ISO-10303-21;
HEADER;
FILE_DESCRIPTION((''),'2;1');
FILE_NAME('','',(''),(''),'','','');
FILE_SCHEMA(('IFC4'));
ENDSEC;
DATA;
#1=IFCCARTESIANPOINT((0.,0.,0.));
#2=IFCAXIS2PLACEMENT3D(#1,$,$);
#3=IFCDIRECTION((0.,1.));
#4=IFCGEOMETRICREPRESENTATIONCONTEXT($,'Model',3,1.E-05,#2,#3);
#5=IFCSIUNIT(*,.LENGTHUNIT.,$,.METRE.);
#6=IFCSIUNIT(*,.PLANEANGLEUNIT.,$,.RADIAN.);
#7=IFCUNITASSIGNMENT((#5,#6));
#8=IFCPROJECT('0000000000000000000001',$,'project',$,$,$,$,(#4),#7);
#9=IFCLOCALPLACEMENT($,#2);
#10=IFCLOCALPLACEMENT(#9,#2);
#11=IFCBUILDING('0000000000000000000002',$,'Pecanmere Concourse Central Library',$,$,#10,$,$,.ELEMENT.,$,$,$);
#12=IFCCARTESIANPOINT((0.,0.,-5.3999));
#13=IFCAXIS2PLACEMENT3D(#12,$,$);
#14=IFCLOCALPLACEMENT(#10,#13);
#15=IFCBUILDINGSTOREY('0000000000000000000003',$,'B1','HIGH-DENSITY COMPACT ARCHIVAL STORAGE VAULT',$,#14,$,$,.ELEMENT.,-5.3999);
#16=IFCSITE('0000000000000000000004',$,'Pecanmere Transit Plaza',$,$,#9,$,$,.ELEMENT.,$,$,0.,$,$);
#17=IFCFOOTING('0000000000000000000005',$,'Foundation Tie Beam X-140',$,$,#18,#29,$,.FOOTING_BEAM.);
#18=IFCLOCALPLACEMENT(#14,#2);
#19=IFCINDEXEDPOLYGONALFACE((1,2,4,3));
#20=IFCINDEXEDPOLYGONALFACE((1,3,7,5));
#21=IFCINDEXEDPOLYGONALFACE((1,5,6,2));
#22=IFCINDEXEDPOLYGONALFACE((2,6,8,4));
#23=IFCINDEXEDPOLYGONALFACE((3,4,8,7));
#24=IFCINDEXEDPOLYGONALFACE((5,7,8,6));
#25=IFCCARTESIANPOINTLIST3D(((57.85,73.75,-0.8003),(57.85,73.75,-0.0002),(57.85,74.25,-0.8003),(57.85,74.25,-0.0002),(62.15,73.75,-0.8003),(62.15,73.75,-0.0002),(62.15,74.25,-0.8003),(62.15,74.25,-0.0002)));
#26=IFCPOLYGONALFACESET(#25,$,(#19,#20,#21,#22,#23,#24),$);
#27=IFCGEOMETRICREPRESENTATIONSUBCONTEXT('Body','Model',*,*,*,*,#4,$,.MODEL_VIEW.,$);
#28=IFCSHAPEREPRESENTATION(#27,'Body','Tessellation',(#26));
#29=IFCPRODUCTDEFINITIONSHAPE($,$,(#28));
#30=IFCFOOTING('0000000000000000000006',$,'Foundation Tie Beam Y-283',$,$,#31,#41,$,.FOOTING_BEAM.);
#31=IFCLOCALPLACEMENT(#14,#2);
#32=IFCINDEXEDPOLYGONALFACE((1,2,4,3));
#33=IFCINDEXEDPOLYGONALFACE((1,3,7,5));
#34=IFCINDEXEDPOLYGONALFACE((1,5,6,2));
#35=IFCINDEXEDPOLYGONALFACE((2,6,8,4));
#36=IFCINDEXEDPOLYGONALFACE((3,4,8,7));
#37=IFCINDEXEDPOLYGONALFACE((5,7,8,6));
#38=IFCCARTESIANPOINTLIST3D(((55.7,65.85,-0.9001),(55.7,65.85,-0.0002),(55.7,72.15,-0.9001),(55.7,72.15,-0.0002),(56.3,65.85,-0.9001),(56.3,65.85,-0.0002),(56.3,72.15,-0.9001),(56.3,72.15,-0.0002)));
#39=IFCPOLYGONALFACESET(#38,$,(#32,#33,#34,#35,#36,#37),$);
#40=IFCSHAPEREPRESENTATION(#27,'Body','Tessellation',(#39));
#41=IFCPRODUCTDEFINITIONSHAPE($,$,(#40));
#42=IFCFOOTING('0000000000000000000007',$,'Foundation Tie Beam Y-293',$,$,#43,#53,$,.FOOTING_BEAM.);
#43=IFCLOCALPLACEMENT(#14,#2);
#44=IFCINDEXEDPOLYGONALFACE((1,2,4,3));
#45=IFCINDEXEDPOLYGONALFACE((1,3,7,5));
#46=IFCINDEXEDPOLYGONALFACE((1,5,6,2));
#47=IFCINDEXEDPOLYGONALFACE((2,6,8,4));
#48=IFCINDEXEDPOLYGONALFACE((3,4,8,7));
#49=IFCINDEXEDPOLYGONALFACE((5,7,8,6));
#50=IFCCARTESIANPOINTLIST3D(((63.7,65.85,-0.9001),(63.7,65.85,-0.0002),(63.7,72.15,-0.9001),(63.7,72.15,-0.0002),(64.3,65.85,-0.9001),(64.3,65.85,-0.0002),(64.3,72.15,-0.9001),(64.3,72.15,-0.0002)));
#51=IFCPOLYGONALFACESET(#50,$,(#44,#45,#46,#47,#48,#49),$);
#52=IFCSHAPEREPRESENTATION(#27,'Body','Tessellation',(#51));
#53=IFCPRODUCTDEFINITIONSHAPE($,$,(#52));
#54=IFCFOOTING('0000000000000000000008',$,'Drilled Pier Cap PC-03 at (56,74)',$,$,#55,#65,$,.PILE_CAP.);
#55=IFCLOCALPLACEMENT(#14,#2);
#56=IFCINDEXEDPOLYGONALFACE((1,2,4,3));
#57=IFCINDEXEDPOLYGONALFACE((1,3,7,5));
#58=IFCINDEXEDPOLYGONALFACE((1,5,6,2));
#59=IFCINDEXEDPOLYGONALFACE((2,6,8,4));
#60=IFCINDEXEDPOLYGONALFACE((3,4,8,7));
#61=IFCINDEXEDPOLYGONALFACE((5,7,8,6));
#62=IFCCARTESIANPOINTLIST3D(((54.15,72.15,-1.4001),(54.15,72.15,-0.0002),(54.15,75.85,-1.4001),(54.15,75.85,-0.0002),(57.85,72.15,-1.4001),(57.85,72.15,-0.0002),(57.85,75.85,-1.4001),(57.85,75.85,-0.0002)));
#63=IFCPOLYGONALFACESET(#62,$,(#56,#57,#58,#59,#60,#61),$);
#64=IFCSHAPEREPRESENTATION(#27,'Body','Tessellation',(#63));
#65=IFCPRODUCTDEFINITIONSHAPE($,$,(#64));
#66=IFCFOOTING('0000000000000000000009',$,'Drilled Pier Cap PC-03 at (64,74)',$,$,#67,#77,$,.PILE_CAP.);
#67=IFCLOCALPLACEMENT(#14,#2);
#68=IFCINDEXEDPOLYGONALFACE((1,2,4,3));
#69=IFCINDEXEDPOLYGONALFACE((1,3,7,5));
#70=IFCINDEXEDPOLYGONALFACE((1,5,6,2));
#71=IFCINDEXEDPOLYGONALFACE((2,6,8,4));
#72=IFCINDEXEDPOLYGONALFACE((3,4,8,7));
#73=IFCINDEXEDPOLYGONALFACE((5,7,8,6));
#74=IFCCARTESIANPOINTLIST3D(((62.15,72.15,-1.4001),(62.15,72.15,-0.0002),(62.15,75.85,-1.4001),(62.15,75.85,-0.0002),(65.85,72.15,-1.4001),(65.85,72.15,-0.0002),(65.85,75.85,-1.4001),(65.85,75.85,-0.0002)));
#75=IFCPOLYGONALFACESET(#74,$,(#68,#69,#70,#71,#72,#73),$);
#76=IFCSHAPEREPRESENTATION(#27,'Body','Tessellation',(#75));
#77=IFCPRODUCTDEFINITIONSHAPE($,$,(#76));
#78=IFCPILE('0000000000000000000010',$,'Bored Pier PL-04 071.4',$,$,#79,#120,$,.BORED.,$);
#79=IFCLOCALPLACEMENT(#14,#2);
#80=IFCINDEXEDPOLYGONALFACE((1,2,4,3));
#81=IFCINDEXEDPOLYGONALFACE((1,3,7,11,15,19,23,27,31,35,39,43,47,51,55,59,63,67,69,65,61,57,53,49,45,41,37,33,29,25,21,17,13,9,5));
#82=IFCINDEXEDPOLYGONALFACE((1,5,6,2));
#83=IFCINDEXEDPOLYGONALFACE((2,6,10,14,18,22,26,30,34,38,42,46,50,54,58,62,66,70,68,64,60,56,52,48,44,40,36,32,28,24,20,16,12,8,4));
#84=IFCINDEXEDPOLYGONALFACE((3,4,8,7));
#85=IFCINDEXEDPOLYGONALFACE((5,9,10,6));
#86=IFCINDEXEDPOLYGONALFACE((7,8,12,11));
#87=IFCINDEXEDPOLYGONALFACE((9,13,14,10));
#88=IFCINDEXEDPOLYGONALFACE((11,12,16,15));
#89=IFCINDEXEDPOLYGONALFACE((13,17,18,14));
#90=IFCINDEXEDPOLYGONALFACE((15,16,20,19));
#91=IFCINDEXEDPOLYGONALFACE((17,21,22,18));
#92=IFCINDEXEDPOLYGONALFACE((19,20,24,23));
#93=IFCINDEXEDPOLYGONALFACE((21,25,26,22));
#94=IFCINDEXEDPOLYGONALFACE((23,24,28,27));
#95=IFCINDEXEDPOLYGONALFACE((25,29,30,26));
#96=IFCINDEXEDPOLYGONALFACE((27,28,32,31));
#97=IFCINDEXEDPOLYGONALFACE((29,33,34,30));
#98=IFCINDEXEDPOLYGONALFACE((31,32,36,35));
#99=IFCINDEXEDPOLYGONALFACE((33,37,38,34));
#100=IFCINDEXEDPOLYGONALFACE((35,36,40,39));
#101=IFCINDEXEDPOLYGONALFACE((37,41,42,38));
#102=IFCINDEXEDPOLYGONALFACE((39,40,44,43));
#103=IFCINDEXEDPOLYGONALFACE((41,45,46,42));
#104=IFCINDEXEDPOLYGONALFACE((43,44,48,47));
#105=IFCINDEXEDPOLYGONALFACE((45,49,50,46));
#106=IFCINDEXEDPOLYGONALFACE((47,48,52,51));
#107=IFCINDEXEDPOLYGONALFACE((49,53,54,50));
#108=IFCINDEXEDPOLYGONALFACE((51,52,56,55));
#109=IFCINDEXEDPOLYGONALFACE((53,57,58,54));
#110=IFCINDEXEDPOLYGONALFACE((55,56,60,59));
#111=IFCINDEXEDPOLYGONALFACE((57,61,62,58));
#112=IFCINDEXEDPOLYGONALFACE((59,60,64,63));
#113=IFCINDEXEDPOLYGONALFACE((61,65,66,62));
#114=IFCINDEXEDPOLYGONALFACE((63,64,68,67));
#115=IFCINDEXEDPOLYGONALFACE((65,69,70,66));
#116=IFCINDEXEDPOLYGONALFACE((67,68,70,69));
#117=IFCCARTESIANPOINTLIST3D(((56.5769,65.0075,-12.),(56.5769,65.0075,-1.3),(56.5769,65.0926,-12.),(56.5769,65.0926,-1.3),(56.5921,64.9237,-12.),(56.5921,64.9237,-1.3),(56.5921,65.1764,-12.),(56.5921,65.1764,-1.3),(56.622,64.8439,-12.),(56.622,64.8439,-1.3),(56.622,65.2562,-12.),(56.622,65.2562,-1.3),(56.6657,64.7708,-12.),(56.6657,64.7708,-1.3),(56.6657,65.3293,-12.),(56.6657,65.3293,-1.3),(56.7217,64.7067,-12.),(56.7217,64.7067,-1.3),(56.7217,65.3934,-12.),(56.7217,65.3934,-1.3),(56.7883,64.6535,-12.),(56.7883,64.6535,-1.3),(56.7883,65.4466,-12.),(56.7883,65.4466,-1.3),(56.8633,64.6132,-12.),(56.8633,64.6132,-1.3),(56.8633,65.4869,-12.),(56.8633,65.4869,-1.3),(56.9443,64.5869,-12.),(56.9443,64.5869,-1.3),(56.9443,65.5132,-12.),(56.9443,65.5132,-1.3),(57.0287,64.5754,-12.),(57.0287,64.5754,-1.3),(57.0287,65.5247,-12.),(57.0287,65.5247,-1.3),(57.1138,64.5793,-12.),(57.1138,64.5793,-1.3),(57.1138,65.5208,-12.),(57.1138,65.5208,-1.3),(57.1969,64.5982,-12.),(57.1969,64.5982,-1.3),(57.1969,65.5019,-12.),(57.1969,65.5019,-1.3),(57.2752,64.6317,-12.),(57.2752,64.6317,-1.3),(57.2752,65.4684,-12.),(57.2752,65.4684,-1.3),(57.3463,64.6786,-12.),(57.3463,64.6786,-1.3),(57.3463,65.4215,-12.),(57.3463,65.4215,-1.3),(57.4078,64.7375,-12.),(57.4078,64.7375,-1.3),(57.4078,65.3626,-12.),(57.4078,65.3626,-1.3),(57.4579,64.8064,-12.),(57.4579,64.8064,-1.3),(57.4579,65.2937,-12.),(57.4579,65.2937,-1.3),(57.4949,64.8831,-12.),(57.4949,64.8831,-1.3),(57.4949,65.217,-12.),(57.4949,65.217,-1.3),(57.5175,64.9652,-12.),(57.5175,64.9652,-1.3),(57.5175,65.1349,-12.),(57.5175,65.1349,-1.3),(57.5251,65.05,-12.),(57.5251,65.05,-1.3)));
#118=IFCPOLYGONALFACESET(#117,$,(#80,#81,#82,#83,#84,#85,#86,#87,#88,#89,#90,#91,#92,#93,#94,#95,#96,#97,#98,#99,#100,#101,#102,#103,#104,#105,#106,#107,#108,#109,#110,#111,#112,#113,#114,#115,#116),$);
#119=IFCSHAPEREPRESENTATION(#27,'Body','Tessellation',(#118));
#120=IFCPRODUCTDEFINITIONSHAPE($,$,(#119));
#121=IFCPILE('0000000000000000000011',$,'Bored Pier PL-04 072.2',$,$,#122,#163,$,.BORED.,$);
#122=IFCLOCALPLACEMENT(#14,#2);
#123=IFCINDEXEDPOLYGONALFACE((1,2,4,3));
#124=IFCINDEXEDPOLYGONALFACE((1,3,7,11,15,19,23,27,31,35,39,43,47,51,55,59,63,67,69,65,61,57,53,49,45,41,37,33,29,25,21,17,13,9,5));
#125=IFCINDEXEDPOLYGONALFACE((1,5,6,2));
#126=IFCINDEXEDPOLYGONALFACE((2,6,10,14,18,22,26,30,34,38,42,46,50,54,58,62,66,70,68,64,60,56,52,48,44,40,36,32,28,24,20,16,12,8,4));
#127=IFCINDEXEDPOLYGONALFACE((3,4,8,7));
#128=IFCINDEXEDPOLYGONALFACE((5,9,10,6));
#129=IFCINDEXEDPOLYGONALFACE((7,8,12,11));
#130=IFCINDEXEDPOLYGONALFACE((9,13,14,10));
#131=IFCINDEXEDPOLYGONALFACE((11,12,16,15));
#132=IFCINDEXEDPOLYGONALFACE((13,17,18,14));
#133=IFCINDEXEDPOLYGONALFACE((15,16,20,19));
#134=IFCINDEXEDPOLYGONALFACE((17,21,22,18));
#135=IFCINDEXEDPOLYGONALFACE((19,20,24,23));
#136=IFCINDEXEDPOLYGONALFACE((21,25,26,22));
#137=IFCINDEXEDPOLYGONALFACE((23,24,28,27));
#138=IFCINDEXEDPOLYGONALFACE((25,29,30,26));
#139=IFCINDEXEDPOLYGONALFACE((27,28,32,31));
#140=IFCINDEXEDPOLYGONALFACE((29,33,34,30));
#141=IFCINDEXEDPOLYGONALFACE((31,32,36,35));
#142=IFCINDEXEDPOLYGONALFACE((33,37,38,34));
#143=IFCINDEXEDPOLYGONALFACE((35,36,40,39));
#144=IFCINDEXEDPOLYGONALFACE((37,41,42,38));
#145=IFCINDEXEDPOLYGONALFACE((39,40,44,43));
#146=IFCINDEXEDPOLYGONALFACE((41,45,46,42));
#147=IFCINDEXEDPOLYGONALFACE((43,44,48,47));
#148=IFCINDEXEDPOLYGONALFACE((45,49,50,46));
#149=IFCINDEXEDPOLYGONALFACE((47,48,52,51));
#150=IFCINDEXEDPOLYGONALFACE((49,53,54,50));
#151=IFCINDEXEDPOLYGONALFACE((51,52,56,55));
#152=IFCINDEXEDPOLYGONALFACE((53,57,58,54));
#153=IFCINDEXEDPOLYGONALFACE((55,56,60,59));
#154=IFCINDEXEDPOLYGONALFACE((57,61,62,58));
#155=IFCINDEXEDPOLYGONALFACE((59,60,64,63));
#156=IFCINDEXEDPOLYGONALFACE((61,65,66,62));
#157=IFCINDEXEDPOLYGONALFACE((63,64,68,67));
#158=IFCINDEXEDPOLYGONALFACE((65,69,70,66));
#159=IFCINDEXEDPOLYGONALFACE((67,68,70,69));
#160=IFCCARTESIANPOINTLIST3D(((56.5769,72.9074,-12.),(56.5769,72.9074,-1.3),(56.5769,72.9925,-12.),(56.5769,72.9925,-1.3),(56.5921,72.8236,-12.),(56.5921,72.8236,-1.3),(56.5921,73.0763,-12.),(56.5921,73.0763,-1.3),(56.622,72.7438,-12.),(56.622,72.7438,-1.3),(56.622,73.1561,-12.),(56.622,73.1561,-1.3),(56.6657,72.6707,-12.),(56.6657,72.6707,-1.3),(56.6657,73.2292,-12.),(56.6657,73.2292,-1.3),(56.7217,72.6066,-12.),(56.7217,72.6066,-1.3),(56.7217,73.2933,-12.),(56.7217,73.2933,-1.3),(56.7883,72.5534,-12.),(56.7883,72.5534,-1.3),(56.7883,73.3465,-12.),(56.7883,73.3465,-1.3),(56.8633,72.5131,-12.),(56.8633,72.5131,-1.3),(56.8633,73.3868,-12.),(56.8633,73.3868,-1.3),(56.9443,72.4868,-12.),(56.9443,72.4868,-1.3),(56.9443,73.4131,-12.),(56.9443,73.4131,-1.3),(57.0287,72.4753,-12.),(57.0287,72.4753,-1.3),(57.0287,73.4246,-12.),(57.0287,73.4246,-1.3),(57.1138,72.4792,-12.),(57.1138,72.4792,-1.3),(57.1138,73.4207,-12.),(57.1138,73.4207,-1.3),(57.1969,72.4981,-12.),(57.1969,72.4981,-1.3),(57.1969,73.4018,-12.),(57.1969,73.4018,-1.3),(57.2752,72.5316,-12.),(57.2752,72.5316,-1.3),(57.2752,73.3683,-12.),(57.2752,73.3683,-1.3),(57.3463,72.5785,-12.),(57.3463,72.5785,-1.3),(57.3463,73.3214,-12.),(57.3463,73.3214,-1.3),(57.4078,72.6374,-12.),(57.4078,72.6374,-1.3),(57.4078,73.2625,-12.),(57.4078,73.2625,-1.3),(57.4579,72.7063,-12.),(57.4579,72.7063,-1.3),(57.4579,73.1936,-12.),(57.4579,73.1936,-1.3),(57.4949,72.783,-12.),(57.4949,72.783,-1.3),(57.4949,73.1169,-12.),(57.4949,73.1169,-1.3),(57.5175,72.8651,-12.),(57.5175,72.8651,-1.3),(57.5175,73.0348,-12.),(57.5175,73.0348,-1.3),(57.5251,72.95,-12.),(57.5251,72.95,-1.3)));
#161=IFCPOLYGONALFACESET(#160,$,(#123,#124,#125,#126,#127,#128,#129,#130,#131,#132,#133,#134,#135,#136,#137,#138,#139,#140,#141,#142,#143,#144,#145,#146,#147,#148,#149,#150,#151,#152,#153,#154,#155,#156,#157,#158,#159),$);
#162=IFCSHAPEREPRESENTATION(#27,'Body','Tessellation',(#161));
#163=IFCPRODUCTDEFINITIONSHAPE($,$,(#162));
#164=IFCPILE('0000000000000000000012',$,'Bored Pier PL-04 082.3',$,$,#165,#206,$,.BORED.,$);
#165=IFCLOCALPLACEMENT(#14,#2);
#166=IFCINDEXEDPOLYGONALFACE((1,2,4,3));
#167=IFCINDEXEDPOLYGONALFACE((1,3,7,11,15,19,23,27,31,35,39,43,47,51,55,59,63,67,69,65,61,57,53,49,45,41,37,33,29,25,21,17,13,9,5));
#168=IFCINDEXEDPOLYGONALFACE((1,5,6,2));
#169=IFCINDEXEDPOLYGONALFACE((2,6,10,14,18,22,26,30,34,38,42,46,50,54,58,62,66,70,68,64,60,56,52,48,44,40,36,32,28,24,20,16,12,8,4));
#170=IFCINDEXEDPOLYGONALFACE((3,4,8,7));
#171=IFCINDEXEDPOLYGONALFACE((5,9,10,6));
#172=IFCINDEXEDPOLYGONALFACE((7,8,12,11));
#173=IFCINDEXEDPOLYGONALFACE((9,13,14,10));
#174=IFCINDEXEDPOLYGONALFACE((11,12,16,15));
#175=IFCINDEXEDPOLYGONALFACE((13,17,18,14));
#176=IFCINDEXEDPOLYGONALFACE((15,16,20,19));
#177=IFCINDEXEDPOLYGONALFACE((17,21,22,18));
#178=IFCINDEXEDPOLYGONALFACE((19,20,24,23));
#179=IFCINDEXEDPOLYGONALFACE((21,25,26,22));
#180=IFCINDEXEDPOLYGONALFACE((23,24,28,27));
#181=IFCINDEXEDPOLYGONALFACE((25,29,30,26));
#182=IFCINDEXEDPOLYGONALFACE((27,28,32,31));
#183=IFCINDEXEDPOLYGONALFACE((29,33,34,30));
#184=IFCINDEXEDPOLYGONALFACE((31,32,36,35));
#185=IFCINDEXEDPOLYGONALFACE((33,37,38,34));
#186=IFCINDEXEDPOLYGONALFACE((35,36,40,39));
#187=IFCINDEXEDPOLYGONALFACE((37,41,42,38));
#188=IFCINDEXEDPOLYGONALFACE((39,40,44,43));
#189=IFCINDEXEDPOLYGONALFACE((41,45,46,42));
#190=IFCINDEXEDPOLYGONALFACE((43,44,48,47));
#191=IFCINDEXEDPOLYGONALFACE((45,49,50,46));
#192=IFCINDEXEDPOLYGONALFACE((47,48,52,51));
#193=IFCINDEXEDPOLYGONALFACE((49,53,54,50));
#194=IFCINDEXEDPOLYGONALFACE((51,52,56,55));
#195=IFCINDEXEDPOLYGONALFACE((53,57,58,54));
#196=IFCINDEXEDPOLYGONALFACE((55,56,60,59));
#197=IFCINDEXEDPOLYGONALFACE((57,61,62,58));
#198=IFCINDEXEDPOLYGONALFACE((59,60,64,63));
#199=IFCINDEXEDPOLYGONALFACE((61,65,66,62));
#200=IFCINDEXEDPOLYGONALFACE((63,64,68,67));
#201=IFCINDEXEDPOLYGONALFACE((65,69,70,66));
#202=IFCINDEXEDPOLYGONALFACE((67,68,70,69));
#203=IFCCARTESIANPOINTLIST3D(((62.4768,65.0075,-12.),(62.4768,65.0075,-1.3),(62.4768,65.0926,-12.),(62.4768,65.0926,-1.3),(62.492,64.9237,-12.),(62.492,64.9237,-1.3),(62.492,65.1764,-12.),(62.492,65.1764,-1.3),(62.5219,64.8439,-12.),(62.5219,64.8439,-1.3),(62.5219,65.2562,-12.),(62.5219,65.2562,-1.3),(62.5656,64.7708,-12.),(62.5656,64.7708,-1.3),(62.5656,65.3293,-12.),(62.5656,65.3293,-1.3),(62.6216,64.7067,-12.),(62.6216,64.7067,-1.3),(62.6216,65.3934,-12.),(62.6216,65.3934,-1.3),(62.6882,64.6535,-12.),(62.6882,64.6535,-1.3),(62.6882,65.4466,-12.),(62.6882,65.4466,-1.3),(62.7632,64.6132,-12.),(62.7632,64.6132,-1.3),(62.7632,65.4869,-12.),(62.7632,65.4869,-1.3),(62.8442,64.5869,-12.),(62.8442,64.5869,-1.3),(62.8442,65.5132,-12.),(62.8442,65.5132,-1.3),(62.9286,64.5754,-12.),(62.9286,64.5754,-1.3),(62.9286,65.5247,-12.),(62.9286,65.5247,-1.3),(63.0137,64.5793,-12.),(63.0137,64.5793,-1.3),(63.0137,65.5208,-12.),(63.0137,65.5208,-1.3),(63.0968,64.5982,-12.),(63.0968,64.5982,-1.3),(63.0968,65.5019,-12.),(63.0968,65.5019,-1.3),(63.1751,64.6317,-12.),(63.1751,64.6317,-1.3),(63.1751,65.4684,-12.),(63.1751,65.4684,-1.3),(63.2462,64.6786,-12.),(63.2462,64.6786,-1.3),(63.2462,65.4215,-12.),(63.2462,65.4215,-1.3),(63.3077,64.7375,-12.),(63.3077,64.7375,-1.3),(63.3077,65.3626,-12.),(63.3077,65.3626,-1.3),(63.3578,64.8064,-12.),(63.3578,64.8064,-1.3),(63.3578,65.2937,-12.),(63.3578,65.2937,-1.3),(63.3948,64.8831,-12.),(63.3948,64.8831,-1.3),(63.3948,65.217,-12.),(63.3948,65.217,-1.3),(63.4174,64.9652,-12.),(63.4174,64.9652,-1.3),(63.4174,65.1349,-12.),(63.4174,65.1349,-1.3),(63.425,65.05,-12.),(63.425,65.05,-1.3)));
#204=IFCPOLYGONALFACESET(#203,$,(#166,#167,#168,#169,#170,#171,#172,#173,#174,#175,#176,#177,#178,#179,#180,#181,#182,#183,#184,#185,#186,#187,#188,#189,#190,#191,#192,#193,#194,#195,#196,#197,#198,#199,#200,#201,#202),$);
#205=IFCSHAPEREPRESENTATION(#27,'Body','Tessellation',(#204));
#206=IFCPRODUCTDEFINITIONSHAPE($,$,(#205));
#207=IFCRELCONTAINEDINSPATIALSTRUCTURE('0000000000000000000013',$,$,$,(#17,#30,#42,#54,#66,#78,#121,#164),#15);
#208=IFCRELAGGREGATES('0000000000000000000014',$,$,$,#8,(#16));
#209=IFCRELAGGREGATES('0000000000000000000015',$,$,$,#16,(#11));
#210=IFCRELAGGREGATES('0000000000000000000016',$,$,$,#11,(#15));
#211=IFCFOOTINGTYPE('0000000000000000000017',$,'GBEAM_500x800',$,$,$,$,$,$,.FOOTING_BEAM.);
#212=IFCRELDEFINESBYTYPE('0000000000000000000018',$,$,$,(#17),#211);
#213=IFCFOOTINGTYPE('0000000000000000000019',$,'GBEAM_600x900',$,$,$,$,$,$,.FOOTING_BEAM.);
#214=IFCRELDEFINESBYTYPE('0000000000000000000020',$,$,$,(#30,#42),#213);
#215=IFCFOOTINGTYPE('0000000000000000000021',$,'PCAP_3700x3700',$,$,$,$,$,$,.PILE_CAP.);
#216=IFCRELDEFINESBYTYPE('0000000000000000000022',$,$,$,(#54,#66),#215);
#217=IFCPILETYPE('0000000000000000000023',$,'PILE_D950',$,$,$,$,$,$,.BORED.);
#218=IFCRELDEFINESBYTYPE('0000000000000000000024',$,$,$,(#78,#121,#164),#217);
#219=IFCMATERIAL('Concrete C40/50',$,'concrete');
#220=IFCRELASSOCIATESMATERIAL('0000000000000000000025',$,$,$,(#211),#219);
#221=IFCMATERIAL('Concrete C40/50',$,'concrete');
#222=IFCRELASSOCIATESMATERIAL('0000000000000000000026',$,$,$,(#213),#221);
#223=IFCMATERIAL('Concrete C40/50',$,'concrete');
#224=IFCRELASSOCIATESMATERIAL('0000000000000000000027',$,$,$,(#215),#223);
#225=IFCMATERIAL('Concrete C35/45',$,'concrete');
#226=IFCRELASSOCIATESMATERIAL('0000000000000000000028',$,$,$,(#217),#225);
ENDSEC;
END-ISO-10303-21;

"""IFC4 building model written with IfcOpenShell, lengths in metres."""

from ifc_helpers import new_model, si_unit, direction, frame, origin, origin_2d, place, context, subcontext, project, spatial, rectangle, circle, extrude, material, material_profile, profile_set, type_object, element, save


model = new_model("IFC4")

# Units and contexts
model_context = context("Model", 3, precision=1e-05, world=origin(), true_north=direction((0.0, 1.0)))
body_context = subcontext(model_context, "Body", "Model", "MODEL_VIEW")
ifc_project = project(units=[si_unit("LENGTHUNIT", "METRE"), si_unit("PLANEANGLEUNIT", "RADIAN")], contexts=[model_context])

# Site, building, storey
site_placement = place(None, origin())
site = spatial("IfcSite", under=ifc_project, at=site_placement, Name="Pecanmere Transit Plaza", CompositionType="ELEMENT", RefElevation=0.0)
building_placement = place(site_placement, origin())
building = spatial("IfcBuilding", under=site, at=building_placement, Name="Pecanmere Concourse Central Library", CompositionType="ELEMENT")
storey_placement = place(building_placement, frame((0.0, 0.0, -5.3999)))
storey = spatial("IfcBuildingStorey", under=building, at=storey_placement, Name="B1", Description="HIGH-DENSITY COMPACT ARCHIVAL STORAGE VAULT", CompositionType="ELEMENT", Elevation=-5.3999)

# Footings
ifc_material_1 = material(Name="Concrete C40/50", Category="concrete")
ifc_material_profile_1 = material_profile(ifc_material_1, rectangle(XDim=0.5, YDim=0.8, at=origin_2d()), Name="RC 500x800")
ifc_profile_set_1 = profile_set([ifc_material_profile_1], Name="Concrete C40/50")
footing_type_1 = type_object("IfcFootingType", Name="GBEAM_500x800", PredefinedType="FOOTING_BEAM", material=ifc_profile_set_1)
footing_placement = place(storey_placement, frame((60.0, 74.0, -0.8003), z_axis=(0.0, 0.0, 1.0), x_axis=(1.0, 0.0, 0.0)))
element("IfcFooting", 1, at=footing_placement, inside=storey, type_object=footing_type_1, Name="Foundation Tie Beam X-140", PredefinedType="FOOTING_BEAM", context=body_context, shape_type="SweptSolid", body=[
    extrude(rectangle(XDim=4.3, YDim=0.5, at=origin_2d()), origin(), (0.0, 0.0, 1.0), 0.8),
])
ifc_material_2 = material(Name="Concrete C40/50", Category="concrete")
ifc_material_profile_2 = material_profile(ifc_material_2, rectangle(XDim=0.6001, YDim=0.8999, at=origin_2d()), Name="RC 600x900")
ifc_profile_set_2 = profile_set([ifc_material_profile_2], Name="Concrete C40/50")
footing_type_2 = type_object("IfcFootingType", Name="GBEAM_600x900", PredefinedType="FOOTING_BEAM", material=ifc_profile_set_2)
for number, where, z_axis, x_axis, name in (
    (2, (56.0, 69.0, -0.9001), (0.0, 0.0, 1.0), (0.0, 1.0, 0.0), "Foundation Tie Beam Y-283"),
    (3, (64.0, 69.0, -0.9001), (0.0, 0.0, 1.0), (0.0, 1.0, 0.0), "Foundation Tie Beam Y-293"),
):
    element("IfcFooting", number, at=place(storey_placement, frame(where, z_axis=z_axis, x_axis=x_axis)), inside=storey, type_object=footing_type_2, Name=name, PredefinedType="FOOTING_BEAM", context=body_context, shape_type="SweptSolid", body=[
        extrude(rectangle(XDim=6.3, YDim=0.6001, at=origin_2d()), origin(), (0.0, 0.0, 1.0), 0.8999),
    ])
ifc_material_3 = material(Name="Concrete C40/50", Category="concrete")
footing_type_3 = type_object("IfcFootingType", Name="PCAP_3700x3700", PredefinedType="PILE_CAP", material=ifc_material_3)
for number, where, z_axis, x_axis, name in (
    (4, (56.0, 74.0, -1.4001), (0.0, 0.0, 1.0), (1.0, 0.0, 0.0), "Drilled Pier Cap PC-03 at (56,74)"),
    (5, (64.0, 74.0, -1.4001), (0.0, 0.0, 1.0), (1.0, 0.0, 0.0), "Drilled Pier Cap PC-03 at (64,74)"),
):
    element("IfcFooting", number, at=place(storey_placement, frame(where, z_axis=z_axis, x_axis=x_axis)), inside=storey, type_object=footing_type_3, Name=name, PredefinedType="PILE_CAP", context=body_context, shape_type="SweptSolid", body=[
        extrude(rectangle(XDim=3.7, YDim=3.7, at=origin_2d()), origin(), (0.0, 0.0, 1.0), 1.3999),
    ])

# Piles
ifc_material_4 = material(Name="Concrete C35/45", Category="concrete")
ifc_material_profile_3 = material_profile(ifc_material_4, circle(Radius=0.4751, at=origin_2d()), Name="PIER D950")
ifc_profile_set_3 = profile_set([ifc_material_profile_3], Name="Concrete C35/45")
pile_type = type_object("IfcPileType", Name="PILE_D950", PredefinedType="BORED", material=ifc_profile_set_3)
for number, where, z_axis, x_axis, name in (
    (6, (57.05, 65.05, -1.3), (0.0, 0.0, -1.0), (1.0, 0.0, 0.0), "Bored Pier PL-04 071.4"),
    (7, (57.05, 72.95, -1.3), (0.0, 0.0, -1.0), (1.0, 0.0, 0.0), "Bored Pier PL-04 072.2"),
    (8, (62.95, 65.05, -1.3), (0.0, 0.0, -1.0), (1.0, 0.0, 0.0), "Bored Pier PL-04 082.3"),
):
    element("IfcPile", number, at=place(storey_placement, frame(where, z_axis=z_axis, x_axis=x_axis)), inside=storey, type_object=pile_type, Name=name, PredefinedType="BORED", context=body_context, shape_type="SweptSolid", body=[
        extrude(circle(Radius=0.4751, at=origin_2d()), origin(), (0.0, 0.0, 1.0), 10.7),
    ])

save(model, "model.ifc")
